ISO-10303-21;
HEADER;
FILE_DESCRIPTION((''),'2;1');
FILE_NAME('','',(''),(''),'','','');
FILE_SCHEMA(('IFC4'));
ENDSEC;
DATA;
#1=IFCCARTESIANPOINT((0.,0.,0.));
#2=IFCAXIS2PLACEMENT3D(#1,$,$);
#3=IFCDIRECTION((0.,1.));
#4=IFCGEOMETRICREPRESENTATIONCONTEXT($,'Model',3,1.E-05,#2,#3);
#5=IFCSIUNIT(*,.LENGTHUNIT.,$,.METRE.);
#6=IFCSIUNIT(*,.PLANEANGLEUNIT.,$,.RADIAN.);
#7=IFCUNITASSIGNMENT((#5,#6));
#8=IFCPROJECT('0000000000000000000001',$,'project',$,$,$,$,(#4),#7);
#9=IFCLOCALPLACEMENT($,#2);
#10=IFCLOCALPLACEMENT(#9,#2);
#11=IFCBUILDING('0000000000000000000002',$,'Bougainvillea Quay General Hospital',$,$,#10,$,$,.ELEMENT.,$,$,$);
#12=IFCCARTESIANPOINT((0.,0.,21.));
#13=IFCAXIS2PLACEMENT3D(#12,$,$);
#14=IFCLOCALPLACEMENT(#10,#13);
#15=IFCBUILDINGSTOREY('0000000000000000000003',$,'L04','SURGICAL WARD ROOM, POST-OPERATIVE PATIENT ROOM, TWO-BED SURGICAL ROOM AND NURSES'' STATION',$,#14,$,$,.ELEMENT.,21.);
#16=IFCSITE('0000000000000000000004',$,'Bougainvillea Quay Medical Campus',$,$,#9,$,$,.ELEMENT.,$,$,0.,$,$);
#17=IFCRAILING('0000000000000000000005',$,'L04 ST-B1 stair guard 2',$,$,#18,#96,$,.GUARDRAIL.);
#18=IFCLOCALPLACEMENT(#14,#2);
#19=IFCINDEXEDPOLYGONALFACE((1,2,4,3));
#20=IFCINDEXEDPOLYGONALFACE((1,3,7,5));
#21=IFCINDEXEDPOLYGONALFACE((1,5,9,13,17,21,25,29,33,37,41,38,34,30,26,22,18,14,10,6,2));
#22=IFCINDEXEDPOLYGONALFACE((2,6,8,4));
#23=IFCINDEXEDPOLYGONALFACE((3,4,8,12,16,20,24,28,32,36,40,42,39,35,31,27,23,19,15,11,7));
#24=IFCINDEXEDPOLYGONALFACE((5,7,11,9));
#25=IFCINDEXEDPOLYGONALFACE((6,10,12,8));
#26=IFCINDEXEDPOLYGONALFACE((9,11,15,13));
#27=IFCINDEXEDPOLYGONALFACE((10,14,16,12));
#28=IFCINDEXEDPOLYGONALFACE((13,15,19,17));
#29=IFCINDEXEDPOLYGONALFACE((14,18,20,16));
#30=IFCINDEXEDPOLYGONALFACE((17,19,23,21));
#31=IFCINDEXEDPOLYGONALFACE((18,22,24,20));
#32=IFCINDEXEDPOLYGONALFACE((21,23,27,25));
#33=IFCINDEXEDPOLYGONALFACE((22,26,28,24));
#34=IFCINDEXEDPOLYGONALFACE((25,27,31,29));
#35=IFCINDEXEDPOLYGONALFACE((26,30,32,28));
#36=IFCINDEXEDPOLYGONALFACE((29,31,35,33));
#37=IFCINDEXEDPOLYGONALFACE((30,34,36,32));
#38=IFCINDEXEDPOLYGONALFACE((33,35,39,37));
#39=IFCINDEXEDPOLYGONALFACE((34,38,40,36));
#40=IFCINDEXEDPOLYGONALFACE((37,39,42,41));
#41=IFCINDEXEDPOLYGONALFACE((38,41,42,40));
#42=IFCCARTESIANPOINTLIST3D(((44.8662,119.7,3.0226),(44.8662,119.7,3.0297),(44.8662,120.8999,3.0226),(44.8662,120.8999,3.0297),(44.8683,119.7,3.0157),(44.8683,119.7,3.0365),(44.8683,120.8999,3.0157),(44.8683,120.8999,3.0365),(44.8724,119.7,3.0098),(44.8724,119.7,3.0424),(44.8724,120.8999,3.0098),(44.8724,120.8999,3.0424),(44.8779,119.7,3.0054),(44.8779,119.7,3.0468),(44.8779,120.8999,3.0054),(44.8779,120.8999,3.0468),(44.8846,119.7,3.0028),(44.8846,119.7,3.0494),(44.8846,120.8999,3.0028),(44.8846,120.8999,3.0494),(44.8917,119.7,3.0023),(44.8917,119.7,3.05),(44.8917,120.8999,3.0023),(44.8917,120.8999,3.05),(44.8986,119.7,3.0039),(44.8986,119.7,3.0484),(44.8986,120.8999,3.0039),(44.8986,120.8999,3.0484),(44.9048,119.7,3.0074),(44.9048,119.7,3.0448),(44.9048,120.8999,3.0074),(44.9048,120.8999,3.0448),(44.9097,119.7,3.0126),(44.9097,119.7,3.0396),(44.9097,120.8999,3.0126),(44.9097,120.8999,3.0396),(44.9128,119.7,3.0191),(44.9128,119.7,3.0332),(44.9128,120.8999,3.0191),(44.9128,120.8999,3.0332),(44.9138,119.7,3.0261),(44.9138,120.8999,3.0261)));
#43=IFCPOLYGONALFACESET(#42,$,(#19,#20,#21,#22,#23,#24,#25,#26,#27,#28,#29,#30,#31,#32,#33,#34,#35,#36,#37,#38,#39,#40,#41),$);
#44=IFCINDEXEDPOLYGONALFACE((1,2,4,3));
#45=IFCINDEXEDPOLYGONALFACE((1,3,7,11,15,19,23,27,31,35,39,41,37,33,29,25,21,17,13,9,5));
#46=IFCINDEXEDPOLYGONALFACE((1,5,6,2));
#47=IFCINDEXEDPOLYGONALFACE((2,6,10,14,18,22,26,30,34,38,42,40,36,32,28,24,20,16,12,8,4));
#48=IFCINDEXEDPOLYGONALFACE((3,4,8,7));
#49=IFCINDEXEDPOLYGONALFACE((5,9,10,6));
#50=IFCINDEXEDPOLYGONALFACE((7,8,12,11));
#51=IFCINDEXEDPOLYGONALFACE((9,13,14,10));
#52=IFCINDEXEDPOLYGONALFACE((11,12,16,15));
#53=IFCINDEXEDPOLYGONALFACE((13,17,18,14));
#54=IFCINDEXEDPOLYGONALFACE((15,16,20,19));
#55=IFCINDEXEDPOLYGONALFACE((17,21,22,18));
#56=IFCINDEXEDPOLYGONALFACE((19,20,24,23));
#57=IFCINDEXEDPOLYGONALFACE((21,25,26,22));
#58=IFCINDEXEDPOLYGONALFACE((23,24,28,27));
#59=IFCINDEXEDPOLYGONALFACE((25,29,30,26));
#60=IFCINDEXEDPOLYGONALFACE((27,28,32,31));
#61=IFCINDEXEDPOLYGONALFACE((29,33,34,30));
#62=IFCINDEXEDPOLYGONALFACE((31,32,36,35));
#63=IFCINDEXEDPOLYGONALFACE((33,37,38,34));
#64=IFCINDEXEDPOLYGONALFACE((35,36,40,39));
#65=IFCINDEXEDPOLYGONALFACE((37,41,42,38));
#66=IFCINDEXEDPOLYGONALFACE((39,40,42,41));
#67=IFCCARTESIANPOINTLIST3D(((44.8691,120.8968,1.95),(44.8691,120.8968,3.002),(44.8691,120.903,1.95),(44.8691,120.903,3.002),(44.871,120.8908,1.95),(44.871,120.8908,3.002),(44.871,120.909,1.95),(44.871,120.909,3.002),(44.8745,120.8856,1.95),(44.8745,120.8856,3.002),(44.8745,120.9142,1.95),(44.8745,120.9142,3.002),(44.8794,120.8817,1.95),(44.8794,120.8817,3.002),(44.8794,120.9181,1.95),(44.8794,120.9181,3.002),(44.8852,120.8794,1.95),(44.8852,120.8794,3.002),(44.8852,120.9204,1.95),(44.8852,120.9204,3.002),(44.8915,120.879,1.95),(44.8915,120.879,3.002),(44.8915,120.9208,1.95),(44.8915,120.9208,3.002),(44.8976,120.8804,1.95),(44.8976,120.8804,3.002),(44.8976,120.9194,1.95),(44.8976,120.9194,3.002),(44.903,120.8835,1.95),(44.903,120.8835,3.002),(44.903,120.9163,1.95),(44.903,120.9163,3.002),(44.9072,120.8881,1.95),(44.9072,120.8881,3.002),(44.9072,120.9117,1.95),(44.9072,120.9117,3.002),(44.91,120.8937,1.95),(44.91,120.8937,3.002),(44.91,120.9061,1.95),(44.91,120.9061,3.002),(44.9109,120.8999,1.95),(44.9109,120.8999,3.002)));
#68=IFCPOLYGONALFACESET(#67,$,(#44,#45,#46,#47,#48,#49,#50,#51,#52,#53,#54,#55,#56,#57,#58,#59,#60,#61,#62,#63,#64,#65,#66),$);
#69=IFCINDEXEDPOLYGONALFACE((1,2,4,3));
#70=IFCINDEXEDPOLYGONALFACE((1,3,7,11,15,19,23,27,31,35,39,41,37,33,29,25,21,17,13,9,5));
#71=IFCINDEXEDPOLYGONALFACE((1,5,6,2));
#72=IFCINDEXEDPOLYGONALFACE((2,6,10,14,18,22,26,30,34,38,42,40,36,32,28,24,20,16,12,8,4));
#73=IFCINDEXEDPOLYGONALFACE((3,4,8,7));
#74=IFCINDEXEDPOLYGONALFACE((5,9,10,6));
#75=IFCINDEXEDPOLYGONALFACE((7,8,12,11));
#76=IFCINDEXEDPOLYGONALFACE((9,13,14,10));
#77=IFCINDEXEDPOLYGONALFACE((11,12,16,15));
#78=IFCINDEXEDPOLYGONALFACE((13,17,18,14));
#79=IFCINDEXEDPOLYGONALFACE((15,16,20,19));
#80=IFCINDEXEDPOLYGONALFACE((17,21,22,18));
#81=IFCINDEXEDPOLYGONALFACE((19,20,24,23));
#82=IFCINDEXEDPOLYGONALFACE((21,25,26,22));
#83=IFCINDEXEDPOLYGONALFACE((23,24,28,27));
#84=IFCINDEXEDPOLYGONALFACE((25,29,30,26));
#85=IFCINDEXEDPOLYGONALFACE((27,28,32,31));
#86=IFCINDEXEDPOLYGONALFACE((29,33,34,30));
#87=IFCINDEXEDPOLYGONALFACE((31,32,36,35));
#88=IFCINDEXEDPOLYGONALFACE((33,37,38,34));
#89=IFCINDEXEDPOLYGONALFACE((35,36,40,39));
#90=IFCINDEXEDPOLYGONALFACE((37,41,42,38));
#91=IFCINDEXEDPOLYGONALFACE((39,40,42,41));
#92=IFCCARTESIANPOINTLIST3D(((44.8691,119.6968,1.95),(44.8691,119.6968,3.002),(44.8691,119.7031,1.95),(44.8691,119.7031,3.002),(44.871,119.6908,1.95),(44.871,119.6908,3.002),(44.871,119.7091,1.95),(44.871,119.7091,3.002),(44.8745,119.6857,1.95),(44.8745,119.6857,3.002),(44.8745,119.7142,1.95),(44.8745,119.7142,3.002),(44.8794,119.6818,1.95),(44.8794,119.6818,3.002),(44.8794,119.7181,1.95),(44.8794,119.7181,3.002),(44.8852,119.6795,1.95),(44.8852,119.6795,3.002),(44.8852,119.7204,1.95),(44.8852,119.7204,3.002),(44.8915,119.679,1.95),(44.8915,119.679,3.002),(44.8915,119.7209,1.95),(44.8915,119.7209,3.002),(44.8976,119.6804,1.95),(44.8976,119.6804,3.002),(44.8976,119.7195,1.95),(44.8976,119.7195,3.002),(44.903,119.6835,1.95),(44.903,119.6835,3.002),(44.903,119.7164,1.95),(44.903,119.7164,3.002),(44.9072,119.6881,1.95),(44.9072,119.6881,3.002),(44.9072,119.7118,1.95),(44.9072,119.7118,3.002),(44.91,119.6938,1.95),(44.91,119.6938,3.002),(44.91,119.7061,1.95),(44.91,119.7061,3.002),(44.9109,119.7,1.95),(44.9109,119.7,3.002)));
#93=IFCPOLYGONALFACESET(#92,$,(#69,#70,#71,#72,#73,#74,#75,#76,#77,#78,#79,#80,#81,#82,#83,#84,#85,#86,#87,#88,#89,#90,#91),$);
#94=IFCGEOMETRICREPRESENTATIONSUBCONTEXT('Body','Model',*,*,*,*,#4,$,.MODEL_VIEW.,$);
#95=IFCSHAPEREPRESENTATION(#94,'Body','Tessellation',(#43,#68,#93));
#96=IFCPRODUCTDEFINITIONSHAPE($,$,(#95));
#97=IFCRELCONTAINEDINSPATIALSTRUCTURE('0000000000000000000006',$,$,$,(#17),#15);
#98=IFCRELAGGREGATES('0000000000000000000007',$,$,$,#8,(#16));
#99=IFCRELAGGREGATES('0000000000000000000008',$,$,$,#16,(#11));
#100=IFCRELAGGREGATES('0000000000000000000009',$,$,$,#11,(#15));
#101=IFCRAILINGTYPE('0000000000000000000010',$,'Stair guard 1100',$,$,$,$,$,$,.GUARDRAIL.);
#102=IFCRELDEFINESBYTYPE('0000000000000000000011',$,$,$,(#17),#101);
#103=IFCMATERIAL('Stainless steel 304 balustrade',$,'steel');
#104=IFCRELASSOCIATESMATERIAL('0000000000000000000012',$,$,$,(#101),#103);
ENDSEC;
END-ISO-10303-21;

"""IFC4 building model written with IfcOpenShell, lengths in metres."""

from ifc_helpers import new_model, si_unit, direction, frame, origin, origin_2d, place, context, subcontext, project, spatial, circle, extrude, material, type_object, element, save


model = new_model("IFC4")

# Units and contexts
model_context = context("Model", 3, precision=1e-05, world=origin(), true_north=direction((0.0, 1.0)))
body_context = subcontext(model_context, "Body", "Model", "MODEL_VIEW")
ifc_project = project(units=[si_unit("LENGTHUNIT", "METRE"), si_unit("PLANEANGLEUNIT", "RADIAN")], contexts=[model_context])

# Site, building, storey
site_placement = place(None, origin())
site = spatial("IfcSite", under=ifc_project, at=site_placement, Name="Bougainvillea Quay Medical Campus", CompositionType="ELEMENT", RefElevation=0.0)
building_placement = place(site_placement, origin())
building = spatial("IfcBuilding", under=site, at=building_placement, Name="Bougainvillea Quay General Hospital", CompositionType="ELEMENT")
storey_placement = place(building_placement, frame((0.0, 0.0, 21.0)))
storey = spatial("IfcBuildingStorey", under=building, at=storey_placement, Name="L04", Description="SURGICAL WARD ROOM, POST-OPERATIVE PATIENT ROOM, TWO-BED SURGICAL ROOM AND NURSES' STATION", CompositionType="ELEMENT", Elevation=21.0)

# Railing
ifc_material_1 = material(Name="Stainless steel 304 balustrade", Category="steel")
railing_type_1 = type_object("IfcRailingType", Name="Stair guard 1100", PredefinedType="GUARDRAIL", material=ifc_material_1)
railing_1_placement = place(storey_placement, frame((44.8899, 120.8999, 1.95)))
element("IfcRailing", 1, at=railing_1_placement, inside=storey, type_object=railing_type_1, Name="L04 ST-B1 stair guard 2", PredefinedType="GUARDRAIL", context=body_context, shape_type="SweptSolid", body=[
    extrude(circle(Radius=0.0239, at=origin_2d()), frame((0.0, 0.0, 1.0762), z_axis=(0.0, -1.0, 0.0), x_axis=(1.0, 0.0, 0.0)), (0.0, 0.0, 1.0), 1.2),
    extrude(circle(Radius=0.021, at=origin_2d()), origin(), (0.0, 0.0, 1.0), 1.052),
    extrude(circle(Radius=0.021, at=origin_2d()), frame((0.0, -1.2, 0.0)), (0.0, 0.0, 1.0), 1.052),
])

save(model, "model.ifc")
